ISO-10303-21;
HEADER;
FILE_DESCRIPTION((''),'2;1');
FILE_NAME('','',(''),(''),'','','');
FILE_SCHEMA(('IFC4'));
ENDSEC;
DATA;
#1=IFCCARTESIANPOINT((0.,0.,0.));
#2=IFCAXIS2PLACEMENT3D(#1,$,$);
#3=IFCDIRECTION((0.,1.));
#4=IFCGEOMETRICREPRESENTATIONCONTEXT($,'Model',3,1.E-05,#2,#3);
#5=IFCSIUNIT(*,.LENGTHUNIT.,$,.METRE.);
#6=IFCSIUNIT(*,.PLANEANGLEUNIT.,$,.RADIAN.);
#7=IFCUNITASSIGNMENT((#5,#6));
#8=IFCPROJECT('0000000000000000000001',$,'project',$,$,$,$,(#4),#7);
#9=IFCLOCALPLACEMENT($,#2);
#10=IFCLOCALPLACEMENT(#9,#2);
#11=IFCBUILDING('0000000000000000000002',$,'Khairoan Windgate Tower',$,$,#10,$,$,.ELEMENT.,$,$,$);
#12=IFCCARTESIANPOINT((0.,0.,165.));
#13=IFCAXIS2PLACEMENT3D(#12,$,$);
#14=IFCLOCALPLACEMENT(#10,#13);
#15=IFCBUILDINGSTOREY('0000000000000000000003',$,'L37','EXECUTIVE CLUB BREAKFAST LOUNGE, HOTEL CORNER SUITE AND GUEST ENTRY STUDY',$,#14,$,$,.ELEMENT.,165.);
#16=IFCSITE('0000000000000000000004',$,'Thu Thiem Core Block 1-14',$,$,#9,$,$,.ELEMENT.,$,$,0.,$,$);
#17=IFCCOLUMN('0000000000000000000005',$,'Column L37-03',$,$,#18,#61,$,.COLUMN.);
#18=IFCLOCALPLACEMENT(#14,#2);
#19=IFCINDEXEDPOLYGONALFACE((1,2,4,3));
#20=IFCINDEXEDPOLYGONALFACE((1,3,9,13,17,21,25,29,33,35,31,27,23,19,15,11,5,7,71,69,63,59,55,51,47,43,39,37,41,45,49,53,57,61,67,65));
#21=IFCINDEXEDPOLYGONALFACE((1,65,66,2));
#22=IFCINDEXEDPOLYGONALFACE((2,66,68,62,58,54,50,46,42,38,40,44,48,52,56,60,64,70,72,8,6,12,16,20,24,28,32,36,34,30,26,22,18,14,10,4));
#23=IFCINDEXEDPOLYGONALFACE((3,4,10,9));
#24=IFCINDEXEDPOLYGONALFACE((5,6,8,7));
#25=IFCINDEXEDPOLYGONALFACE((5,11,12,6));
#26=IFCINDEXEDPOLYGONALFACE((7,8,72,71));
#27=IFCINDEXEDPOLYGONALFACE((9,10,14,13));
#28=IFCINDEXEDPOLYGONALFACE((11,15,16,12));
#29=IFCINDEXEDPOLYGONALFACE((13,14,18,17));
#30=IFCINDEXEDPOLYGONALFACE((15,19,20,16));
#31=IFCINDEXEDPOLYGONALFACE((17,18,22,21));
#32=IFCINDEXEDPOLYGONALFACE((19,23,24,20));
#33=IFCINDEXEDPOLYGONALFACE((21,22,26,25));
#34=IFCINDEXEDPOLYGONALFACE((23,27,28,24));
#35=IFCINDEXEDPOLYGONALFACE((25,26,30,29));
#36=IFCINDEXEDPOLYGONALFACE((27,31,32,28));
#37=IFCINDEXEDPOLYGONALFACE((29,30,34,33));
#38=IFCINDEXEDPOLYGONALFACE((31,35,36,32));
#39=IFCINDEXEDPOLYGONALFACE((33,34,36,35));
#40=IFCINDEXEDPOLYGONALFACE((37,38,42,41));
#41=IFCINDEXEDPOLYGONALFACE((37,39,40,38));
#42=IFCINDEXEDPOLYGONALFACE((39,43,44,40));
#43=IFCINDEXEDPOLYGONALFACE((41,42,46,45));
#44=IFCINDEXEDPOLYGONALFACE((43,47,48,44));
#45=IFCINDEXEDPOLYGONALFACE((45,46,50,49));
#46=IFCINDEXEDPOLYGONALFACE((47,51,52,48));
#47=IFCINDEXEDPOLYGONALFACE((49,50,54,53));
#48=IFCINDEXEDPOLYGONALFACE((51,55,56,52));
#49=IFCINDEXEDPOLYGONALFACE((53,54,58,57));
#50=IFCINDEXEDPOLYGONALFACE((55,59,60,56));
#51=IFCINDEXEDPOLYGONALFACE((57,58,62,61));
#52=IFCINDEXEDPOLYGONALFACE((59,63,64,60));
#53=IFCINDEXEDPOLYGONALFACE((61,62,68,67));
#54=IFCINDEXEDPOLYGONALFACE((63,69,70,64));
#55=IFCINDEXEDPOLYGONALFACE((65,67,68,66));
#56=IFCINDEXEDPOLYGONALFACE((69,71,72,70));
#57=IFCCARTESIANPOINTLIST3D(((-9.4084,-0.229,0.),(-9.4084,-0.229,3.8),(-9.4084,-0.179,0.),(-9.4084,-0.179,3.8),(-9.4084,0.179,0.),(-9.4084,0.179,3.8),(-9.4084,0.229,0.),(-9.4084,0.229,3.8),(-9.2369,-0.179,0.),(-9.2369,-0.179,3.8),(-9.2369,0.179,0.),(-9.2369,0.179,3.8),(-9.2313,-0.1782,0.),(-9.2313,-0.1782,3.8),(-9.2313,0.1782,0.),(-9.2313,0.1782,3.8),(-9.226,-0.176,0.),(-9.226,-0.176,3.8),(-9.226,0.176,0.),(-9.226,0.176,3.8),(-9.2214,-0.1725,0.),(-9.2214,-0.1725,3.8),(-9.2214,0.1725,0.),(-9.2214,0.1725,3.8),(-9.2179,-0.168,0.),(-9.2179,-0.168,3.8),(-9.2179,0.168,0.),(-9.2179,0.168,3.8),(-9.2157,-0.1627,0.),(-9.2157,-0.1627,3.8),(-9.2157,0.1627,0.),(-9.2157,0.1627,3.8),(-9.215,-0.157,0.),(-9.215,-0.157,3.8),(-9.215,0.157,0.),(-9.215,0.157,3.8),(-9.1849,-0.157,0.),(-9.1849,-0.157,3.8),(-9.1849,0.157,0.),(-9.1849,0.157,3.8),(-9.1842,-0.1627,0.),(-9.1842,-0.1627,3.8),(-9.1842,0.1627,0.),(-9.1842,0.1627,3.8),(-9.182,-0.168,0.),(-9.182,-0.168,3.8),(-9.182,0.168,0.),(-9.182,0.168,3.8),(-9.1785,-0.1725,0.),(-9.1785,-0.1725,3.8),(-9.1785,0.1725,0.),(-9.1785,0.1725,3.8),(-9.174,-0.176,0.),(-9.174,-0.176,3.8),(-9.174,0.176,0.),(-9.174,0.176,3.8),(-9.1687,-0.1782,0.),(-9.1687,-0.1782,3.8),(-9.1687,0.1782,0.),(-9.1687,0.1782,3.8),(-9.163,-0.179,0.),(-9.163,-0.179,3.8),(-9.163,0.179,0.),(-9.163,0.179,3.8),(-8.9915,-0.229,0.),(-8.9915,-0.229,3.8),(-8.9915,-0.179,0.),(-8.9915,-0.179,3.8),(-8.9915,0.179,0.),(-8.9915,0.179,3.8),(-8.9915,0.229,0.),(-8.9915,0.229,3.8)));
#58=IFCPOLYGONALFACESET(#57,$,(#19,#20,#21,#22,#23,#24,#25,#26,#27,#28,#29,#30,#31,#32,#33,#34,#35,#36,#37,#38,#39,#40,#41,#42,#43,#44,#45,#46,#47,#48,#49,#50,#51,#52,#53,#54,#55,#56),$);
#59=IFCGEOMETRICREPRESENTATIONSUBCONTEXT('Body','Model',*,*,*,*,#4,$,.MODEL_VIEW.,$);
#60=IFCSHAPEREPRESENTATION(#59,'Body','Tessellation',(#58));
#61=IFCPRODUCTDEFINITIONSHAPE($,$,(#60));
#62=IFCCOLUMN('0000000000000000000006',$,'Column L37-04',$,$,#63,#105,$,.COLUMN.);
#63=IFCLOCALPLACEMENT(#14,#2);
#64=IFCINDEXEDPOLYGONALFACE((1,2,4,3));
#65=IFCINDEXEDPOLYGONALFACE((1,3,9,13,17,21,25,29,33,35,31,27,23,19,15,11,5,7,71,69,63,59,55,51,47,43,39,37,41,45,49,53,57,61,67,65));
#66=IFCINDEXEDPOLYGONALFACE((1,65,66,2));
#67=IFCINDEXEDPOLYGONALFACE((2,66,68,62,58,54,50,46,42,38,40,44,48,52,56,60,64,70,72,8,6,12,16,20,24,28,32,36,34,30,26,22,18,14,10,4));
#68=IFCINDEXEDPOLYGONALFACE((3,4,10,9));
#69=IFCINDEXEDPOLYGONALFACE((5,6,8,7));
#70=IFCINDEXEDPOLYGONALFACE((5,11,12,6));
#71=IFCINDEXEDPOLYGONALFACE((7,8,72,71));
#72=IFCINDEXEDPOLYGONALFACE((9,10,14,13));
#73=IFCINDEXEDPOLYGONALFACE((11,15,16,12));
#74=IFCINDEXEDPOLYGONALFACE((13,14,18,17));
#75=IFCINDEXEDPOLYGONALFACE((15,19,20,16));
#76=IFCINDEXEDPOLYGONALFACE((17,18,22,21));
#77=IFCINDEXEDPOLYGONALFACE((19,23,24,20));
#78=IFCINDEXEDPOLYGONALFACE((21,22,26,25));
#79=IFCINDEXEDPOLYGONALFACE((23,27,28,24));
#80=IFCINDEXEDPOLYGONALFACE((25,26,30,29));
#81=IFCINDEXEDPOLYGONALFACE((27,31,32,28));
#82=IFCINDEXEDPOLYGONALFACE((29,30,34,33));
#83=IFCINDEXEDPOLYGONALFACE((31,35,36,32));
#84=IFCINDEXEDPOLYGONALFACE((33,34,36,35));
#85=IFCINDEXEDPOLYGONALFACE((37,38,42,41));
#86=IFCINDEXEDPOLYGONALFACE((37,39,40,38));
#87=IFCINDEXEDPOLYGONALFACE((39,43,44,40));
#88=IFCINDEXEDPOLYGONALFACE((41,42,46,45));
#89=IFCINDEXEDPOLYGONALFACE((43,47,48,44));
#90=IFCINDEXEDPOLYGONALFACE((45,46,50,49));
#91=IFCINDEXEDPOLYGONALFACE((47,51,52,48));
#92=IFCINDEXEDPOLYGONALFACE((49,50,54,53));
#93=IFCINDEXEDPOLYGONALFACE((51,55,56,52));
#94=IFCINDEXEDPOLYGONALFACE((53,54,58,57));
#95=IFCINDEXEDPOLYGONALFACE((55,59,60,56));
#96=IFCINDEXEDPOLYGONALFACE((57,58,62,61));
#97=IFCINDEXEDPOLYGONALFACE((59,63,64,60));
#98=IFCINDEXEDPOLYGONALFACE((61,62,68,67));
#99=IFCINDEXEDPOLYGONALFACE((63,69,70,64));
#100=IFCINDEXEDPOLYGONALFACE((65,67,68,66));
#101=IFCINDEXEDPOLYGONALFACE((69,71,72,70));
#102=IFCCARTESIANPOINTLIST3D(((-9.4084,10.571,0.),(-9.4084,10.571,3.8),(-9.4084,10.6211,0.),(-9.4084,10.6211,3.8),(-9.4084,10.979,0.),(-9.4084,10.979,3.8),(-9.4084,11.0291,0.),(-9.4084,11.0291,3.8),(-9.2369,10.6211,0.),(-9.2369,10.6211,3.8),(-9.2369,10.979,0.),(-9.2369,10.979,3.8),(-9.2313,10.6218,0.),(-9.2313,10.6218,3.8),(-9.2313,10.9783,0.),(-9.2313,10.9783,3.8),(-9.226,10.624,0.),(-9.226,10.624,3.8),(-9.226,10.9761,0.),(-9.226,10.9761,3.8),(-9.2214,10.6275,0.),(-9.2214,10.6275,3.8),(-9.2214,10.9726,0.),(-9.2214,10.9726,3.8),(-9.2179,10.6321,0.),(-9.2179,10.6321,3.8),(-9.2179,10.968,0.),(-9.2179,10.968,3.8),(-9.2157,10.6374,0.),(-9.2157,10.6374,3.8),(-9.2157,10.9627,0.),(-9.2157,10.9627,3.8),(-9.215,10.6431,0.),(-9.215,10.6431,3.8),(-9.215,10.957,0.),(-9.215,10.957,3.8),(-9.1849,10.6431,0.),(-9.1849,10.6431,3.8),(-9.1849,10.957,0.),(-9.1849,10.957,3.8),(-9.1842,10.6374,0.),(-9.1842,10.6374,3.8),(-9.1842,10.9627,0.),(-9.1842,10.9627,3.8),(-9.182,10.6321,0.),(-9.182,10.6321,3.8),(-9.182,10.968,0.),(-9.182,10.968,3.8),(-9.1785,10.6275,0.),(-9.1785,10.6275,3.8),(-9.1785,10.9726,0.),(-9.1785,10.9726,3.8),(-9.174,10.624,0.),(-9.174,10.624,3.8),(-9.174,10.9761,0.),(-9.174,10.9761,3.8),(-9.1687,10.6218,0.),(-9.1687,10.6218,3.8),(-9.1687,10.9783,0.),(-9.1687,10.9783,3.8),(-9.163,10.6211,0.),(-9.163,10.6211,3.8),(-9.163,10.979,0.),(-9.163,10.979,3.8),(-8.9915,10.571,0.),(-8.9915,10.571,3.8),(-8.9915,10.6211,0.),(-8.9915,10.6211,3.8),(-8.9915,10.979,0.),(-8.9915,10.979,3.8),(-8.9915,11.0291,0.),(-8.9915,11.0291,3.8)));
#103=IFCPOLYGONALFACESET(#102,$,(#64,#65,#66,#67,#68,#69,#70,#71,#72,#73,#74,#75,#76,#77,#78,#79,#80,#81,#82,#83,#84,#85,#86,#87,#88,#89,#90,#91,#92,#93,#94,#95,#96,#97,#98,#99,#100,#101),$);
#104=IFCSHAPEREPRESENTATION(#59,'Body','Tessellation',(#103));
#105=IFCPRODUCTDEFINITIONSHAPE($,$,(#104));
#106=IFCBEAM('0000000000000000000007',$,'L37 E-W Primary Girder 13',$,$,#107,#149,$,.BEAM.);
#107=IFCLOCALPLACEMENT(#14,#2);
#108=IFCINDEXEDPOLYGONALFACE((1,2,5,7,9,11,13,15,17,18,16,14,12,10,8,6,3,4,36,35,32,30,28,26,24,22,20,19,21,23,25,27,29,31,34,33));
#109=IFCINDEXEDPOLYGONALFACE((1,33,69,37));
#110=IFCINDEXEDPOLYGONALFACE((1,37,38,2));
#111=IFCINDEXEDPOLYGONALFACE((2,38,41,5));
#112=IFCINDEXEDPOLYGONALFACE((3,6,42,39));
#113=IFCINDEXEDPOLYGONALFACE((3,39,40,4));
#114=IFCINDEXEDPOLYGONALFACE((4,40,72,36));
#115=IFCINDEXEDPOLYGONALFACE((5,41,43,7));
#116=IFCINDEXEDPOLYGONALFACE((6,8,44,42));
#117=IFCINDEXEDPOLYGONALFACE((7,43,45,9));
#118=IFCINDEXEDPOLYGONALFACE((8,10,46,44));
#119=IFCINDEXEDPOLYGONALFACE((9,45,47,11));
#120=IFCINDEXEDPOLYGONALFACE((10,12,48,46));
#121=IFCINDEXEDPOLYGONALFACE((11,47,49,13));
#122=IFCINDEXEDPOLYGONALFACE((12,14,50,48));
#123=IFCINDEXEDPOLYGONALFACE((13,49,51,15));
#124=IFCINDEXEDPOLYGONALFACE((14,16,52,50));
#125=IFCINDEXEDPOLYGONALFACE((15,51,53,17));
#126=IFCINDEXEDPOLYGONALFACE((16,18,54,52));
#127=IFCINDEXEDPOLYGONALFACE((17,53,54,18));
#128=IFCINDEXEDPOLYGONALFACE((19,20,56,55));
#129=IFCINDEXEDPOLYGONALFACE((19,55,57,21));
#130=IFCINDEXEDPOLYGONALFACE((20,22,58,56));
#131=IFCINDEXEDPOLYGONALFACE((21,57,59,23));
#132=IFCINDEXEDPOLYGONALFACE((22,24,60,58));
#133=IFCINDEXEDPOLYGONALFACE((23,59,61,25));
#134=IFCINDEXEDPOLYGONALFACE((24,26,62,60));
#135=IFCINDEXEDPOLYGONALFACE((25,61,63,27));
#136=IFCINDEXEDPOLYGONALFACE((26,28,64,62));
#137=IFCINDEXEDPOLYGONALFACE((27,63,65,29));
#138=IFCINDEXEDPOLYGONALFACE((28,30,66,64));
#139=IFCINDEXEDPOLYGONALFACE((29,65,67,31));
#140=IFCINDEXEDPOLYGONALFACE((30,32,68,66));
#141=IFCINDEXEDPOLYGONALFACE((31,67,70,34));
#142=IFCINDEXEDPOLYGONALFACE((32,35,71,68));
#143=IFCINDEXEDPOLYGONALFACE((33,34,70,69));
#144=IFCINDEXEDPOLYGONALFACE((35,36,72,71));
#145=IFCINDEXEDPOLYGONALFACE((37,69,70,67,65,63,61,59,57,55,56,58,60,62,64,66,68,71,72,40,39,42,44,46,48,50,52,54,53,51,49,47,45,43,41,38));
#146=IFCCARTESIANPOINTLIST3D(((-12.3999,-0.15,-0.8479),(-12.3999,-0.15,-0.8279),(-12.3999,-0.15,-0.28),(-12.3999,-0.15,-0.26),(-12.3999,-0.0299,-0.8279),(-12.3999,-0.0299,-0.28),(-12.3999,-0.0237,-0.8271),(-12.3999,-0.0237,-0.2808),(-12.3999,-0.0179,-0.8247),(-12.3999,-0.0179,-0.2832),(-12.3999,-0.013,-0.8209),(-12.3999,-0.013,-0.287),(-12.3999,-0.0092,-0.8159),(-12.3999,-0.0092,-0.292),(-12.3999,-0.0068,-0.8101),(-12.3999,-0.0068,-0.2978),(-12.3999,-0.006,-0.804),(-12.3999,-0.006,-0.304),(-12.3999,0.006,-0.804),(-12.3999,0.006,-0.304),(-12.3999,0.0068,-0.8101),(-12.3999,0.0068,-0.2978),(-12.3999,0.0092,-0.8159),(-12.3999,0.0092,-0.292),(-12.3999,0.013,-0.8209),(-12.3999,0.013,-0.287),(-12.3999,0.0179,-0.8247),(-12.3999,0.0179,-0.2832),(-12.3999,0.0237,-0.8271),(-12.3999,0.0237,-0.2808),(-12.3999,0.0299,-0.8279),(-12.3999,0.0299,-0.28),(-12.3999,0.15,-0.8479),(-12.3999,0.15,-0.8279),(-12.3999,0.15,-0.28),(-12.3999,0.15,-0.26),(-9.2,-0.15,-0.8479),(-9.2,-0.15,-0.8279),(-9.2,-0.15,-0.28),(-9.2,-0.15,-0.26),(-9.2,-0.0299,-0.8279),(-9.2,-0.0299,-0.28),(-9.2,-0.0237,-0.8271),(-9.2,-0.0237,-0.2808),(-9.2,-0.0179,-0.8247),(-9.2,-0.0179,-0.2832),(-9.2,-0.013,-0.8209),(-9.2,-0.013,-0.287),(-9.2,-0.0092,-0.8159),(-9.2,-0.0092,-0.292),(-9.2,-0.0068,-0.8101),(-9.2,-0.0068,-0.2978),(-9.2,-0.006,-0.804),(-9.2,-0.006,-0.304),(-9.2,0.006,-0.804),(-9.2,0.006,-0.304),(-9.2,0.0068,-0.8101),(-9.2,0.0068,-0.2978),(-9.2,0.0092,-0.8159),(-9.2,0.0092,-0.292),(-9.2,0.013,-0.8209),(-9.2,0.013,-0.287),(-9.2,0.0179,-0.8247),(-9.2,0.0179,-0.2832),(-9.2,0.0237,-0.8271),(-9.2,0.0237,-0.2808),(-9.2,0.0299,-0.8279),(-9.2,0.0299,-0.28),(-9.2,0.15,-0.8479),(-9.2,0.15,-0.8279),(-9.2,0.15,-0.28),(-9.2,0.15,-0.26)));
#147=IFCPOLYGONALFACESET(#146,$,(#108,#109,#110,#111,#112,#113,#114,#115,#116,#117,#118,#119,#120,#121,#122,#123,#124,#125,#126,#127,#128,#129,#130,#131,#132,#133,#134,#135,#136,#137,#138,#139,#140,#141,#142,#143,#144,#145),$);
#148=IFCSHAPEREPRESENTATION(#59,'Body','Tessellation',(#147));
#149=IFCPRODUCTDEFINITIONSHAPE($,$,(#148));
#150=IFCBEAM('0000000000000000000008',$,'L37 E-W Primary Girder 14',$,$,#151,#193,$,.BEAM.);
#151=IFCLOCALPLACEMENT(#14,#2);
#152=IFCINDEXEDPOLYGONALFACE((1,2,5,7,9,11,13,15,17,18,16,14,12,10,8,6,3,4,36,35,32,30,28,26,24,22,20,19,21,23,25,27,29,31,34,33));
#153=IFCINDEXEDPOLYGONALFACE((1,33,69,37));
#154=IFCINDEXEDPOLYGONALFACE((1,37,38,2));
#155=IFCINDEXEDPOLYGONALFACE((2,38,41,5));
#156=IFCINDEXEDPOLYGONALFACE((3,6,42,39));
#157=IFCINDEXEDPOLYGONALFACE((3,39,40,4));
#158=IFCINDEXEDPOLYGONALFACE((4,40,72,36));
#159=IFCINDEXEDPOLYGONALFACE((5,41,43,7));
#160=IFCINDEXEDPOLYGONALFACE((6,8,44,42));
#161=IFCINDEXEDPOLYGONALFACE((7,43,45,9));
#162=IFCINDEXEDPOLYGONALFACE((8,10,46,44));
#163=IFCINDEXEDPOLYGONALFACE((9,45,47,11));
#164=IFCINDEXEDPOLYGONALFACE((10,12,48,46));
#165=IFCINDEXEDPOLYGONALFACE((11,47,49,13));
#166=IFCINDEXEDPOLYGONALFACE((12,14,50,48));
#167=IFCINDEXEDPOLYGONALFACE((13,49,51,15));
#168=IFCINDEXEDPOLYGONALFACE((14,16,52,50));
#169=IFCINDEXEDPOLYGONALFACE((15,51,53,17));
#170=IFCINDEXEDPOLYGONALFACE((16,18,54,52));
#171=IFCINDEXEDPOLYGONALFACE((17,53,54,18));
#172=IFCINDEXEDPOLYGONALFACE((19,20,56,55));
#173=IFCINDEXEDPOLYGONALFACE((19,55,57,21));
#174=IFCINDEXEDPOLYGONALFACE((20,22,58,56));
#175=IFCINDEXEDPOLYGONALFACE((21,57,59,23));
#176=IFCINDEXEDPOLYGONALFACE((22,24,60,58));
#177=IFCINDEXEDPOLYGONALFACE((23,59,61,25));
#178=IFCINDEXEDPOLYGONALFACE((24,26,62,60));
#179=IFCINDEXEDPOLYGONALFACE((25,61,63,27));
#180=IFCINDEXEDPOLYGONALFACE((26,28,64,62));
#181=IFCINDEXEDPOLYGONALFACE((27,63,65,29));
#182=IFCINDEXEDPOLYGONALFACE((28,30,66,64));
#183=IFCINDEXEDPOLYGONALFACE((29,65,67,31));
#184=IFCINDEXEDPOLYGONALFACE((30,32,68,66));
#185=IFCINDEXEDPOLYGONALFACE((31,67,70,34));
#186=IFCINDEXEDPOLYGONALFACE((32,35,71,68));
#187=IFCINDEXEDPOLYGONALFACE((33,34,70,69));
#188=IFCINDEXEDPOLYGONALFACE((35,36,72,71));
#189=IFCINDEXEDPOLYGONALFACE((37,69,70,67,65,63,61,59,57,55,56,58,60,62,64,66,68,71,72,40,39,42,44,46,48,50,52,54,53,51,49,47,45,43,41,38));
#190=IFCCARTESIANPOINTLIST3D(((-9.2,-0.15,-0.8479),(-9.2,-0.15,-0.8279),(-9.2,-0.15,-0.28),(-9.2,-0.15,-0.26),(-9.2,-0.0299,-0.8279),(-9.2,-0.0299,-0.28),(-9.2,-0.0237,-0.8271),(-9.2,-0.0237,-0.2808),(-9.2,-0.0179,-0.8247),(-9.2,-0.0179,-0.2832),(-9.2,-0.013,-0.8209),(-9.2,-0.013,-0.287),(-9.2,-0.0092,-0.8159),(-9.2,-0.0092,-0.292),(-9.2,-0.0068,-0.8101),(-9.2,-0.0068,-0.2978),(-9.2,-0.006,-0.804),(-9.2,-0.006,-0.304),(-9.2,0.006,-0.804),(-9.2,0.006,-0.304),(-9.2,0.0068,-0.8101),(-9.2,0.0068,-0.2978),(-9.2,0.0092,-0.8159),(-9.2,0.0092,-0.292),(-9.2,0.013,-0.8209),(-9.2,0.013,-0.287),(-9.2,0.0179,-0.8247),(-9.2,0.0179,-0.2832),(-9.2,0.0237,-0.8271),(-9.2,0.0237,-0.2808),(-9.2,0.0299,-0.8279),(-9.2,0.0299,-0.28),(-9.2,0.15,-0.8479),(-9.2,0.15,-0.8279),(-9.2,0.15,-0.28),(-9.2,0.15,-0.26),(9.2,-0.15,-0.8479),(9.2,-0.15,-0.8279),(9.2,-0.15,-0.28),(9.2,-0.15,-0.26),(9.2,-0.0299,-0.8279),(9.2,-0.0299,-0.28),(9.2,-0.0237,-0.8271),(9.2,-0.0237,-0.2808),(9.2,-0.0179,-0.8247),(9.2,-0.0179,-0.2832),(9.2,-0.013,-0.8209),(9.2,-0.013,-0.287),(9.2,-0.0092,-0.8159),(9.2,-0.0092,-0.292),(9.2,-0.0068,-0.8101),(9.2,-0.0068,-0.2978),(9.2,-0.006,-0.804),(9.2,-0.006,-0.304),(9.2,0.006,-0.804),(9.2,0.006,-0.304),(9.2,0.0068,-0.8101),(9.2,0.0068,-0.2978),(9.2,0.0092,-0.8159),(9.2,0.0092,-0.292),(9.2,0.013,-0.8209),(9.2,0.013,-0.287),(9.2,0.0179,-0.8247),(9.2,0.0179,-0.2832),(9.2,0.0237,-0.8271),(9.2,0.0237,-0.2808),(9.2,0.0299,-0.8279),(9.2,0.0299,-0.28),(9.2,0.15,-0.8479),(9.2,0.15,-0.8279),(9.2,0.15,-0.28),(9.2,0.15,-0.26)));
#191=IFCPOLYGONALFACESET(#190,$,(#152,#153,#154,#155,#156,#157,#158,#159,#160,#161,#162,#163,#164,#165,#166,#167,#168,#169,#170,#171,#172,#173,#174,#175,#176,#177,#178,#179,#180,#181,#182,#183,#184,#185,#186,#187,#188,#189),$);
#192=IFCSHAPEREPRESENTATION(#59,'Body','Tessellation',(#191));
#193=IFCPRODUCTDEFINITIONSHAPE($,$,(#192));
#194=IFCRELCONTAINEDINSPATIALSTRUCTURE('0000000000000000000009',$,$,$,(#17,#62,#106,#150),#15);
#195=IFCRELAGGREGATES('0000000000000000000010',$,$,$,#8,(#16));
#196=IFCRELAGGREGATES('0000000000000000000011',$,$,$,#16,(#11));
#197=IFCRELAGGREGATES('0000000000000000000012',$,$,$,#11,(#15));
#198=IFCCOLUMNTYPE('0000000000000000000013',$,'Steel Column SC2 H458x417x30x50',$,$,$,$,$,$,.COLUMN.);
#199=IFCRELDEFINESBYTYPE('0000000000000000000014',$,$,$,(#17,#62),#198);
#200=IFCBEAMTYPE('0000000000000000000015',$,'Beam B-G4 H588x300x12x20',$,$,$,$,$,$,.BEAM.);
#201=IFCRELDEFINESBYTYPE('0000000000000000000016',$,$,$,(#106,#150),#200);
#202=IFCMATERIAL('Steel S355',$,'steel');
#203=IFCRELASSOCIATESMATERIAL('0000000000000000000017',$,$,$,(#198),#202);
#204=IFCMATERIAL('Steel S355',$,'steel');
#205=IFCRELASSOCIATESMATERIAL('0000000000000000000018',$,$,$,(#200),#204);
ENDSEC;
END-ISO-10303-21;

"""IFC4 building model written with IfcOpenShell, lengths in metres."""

from ifc_helpers import new_model, si_unit, direction, frame, origin, origin_2d, place, context, subcontext, project, spatial, i_section, extrude, material, material_profile, profile_set, type_object, element, save


model = new_model("IFC4")

# Units and contexts
model_context = context("Model", 3, precision=1e-05, world=origin(), true_north=direction((0.0, 1.0)))
body_context = subcontext(model_context, "Body", "Model", "MODEL_VIEW")
ifc_project = project(units=[si_unit("LENGTHUNIT", "METRE"), si_unit("PLANEANGLEUNIT", "RADIAN")], contexts=[model_context])

# Site, building, storey
site_placement = place(None, origin())
site = spatial("IfcSite", under=ifc_project, at=site_placement, Name="Thu Thiem Core Block 1-14", CompositionType="ELEMENT", RefElevation=0.0)
building_placement = place(site_placement, origin())
building = spatial("IfcBuilding", under=site, at=building_placement, Name="Khairoan Windgate Tower", CompositionType="ELEMENT")
storey_placement = place(building_placement, frame((0.0, 0.0, 165.0)))
storey = spatial("IfcBuildingStorey", under=building, at=storey_placement, Name="L37", Description="EXECUTIVE CLUB BREAKFAST LOUNGE, HOTEL CORNER SUITE AND GUEST ENTRY STUDY", CompositionType="ELEMENT", Elevation=165.0)

# Columns
ifc_material_1 = material(Name="Steel S355", Category="steel")
ifc_material_profile_1 = material_profile(ifc_material_1, i_section(OverallWidth=0.417, OverallDepth=0.458, WebThickness=0.03, FlangeThickness=0.05, FilletRadius=0.022, at=origin_2d()))
ifc_profile_set_1 = profile_set([ifc_material_profile_1], Name="Steel S355")
column_type = type_object("IfcColumnType", Name="Steel Column SC2 H458x417x30x50", PredefinedType="COLUMN", material=ifc_profile_set_1)
for number, where, z_axis, x_axis, name in (
    (1, (-9.2, 0.0, 0.0), (0.0, 0.0, 1.0), (1.0, 0.0, 0.0), "Column L37-03"),
    (2, (-9.2, 10.8, 0.0), (0.0, 0.0, 1.0), (1.0, 0.0, 0.0), "Column L37-04"),
):
    element("IfcColumn", number, at=place(storey_placement, frame(where, z_axis=z_axis, x_axis=x_axis)), inside=storey, type_object=column_type, Name=name, PredefinedType="COLUMN", context=body_context, shape_type="SweptSolid", body=[
        extrude(i_section(OverallWidth=0.417, OverallDepth=0.458, WebThickness=0.03, FlangeThickness=0.05, FilletRadius=0.022, at=origin_2d()), origin(), (0.0, 0.0, 1.0), 3.8),
    ])

# Beams
ifc_material_2 = material(Name="Steel S355", Category="steel")
ifc_material_profile_2 = material_profile(ifc_material_2, i_section(OverallWidth=0.3, OverallDepth=0.5879, WebThickness=0.012, FlangeThickness=0.02, FilletRadius=0.0239, at=origin_2d()))
ifc_profile_set_2 = profile_set([ifc_material_profile_2], Name="Steel S355")
beam_type_1 = type_object("IfcBeamType", Name="Beam B-G4 H588x300x12x20", PredefinedType="BEAM", material=ifc_profile_set_2)
beam_1_placement = place(storey_placement, frame((-12.3999, 0.0, -0.554), z_axis=(1.0, 0.0, 0.0), x_axis=(0.0, 1.0, 0.0)))
element("IfcBeam", 3, at=beam_1_placement, inside=storey, type_object=beam_type_1, Name="L37 E-W Primary Girder 13", PredefinedType="BEAM", context=body_context, shape_type="SweptSolid", body=[
    extrude(i_section(OverallWidth=0.3, OverallDepth=0.5879, WebThickness=0.012, FlangeThickness=0.02, FilletRadius=0.0239, at=origin_2d()), origin(), (0.0, 0.0, 1.0), 3.2),
])
beam_2_placement = place(storey_placement, frame((-9.2, 0.0, -0.554), z_axis=(1.0, 0.0, 0.0), x_axis=(0.0, 1.0, 0.0)))
element("IfcBeam", 4, at=beam_2_placement, inside=storey, type_object=beam_type_1, Name="L37 E-W Primary Girder 14", PredefinedType="BEAM", context=body_context, shape_type="SweptSolid", body=[
    extrude(i_section(OverallWidth=0.3, OverallDepth=0.5879, WebThickness=0.012, FlangeThickness=0.02, FilletRadius=0.0239, at=origin_2d()), origin(), (0.0, 0.0, 1.0), 18.3999),
])

save(model, "model.ifc")
